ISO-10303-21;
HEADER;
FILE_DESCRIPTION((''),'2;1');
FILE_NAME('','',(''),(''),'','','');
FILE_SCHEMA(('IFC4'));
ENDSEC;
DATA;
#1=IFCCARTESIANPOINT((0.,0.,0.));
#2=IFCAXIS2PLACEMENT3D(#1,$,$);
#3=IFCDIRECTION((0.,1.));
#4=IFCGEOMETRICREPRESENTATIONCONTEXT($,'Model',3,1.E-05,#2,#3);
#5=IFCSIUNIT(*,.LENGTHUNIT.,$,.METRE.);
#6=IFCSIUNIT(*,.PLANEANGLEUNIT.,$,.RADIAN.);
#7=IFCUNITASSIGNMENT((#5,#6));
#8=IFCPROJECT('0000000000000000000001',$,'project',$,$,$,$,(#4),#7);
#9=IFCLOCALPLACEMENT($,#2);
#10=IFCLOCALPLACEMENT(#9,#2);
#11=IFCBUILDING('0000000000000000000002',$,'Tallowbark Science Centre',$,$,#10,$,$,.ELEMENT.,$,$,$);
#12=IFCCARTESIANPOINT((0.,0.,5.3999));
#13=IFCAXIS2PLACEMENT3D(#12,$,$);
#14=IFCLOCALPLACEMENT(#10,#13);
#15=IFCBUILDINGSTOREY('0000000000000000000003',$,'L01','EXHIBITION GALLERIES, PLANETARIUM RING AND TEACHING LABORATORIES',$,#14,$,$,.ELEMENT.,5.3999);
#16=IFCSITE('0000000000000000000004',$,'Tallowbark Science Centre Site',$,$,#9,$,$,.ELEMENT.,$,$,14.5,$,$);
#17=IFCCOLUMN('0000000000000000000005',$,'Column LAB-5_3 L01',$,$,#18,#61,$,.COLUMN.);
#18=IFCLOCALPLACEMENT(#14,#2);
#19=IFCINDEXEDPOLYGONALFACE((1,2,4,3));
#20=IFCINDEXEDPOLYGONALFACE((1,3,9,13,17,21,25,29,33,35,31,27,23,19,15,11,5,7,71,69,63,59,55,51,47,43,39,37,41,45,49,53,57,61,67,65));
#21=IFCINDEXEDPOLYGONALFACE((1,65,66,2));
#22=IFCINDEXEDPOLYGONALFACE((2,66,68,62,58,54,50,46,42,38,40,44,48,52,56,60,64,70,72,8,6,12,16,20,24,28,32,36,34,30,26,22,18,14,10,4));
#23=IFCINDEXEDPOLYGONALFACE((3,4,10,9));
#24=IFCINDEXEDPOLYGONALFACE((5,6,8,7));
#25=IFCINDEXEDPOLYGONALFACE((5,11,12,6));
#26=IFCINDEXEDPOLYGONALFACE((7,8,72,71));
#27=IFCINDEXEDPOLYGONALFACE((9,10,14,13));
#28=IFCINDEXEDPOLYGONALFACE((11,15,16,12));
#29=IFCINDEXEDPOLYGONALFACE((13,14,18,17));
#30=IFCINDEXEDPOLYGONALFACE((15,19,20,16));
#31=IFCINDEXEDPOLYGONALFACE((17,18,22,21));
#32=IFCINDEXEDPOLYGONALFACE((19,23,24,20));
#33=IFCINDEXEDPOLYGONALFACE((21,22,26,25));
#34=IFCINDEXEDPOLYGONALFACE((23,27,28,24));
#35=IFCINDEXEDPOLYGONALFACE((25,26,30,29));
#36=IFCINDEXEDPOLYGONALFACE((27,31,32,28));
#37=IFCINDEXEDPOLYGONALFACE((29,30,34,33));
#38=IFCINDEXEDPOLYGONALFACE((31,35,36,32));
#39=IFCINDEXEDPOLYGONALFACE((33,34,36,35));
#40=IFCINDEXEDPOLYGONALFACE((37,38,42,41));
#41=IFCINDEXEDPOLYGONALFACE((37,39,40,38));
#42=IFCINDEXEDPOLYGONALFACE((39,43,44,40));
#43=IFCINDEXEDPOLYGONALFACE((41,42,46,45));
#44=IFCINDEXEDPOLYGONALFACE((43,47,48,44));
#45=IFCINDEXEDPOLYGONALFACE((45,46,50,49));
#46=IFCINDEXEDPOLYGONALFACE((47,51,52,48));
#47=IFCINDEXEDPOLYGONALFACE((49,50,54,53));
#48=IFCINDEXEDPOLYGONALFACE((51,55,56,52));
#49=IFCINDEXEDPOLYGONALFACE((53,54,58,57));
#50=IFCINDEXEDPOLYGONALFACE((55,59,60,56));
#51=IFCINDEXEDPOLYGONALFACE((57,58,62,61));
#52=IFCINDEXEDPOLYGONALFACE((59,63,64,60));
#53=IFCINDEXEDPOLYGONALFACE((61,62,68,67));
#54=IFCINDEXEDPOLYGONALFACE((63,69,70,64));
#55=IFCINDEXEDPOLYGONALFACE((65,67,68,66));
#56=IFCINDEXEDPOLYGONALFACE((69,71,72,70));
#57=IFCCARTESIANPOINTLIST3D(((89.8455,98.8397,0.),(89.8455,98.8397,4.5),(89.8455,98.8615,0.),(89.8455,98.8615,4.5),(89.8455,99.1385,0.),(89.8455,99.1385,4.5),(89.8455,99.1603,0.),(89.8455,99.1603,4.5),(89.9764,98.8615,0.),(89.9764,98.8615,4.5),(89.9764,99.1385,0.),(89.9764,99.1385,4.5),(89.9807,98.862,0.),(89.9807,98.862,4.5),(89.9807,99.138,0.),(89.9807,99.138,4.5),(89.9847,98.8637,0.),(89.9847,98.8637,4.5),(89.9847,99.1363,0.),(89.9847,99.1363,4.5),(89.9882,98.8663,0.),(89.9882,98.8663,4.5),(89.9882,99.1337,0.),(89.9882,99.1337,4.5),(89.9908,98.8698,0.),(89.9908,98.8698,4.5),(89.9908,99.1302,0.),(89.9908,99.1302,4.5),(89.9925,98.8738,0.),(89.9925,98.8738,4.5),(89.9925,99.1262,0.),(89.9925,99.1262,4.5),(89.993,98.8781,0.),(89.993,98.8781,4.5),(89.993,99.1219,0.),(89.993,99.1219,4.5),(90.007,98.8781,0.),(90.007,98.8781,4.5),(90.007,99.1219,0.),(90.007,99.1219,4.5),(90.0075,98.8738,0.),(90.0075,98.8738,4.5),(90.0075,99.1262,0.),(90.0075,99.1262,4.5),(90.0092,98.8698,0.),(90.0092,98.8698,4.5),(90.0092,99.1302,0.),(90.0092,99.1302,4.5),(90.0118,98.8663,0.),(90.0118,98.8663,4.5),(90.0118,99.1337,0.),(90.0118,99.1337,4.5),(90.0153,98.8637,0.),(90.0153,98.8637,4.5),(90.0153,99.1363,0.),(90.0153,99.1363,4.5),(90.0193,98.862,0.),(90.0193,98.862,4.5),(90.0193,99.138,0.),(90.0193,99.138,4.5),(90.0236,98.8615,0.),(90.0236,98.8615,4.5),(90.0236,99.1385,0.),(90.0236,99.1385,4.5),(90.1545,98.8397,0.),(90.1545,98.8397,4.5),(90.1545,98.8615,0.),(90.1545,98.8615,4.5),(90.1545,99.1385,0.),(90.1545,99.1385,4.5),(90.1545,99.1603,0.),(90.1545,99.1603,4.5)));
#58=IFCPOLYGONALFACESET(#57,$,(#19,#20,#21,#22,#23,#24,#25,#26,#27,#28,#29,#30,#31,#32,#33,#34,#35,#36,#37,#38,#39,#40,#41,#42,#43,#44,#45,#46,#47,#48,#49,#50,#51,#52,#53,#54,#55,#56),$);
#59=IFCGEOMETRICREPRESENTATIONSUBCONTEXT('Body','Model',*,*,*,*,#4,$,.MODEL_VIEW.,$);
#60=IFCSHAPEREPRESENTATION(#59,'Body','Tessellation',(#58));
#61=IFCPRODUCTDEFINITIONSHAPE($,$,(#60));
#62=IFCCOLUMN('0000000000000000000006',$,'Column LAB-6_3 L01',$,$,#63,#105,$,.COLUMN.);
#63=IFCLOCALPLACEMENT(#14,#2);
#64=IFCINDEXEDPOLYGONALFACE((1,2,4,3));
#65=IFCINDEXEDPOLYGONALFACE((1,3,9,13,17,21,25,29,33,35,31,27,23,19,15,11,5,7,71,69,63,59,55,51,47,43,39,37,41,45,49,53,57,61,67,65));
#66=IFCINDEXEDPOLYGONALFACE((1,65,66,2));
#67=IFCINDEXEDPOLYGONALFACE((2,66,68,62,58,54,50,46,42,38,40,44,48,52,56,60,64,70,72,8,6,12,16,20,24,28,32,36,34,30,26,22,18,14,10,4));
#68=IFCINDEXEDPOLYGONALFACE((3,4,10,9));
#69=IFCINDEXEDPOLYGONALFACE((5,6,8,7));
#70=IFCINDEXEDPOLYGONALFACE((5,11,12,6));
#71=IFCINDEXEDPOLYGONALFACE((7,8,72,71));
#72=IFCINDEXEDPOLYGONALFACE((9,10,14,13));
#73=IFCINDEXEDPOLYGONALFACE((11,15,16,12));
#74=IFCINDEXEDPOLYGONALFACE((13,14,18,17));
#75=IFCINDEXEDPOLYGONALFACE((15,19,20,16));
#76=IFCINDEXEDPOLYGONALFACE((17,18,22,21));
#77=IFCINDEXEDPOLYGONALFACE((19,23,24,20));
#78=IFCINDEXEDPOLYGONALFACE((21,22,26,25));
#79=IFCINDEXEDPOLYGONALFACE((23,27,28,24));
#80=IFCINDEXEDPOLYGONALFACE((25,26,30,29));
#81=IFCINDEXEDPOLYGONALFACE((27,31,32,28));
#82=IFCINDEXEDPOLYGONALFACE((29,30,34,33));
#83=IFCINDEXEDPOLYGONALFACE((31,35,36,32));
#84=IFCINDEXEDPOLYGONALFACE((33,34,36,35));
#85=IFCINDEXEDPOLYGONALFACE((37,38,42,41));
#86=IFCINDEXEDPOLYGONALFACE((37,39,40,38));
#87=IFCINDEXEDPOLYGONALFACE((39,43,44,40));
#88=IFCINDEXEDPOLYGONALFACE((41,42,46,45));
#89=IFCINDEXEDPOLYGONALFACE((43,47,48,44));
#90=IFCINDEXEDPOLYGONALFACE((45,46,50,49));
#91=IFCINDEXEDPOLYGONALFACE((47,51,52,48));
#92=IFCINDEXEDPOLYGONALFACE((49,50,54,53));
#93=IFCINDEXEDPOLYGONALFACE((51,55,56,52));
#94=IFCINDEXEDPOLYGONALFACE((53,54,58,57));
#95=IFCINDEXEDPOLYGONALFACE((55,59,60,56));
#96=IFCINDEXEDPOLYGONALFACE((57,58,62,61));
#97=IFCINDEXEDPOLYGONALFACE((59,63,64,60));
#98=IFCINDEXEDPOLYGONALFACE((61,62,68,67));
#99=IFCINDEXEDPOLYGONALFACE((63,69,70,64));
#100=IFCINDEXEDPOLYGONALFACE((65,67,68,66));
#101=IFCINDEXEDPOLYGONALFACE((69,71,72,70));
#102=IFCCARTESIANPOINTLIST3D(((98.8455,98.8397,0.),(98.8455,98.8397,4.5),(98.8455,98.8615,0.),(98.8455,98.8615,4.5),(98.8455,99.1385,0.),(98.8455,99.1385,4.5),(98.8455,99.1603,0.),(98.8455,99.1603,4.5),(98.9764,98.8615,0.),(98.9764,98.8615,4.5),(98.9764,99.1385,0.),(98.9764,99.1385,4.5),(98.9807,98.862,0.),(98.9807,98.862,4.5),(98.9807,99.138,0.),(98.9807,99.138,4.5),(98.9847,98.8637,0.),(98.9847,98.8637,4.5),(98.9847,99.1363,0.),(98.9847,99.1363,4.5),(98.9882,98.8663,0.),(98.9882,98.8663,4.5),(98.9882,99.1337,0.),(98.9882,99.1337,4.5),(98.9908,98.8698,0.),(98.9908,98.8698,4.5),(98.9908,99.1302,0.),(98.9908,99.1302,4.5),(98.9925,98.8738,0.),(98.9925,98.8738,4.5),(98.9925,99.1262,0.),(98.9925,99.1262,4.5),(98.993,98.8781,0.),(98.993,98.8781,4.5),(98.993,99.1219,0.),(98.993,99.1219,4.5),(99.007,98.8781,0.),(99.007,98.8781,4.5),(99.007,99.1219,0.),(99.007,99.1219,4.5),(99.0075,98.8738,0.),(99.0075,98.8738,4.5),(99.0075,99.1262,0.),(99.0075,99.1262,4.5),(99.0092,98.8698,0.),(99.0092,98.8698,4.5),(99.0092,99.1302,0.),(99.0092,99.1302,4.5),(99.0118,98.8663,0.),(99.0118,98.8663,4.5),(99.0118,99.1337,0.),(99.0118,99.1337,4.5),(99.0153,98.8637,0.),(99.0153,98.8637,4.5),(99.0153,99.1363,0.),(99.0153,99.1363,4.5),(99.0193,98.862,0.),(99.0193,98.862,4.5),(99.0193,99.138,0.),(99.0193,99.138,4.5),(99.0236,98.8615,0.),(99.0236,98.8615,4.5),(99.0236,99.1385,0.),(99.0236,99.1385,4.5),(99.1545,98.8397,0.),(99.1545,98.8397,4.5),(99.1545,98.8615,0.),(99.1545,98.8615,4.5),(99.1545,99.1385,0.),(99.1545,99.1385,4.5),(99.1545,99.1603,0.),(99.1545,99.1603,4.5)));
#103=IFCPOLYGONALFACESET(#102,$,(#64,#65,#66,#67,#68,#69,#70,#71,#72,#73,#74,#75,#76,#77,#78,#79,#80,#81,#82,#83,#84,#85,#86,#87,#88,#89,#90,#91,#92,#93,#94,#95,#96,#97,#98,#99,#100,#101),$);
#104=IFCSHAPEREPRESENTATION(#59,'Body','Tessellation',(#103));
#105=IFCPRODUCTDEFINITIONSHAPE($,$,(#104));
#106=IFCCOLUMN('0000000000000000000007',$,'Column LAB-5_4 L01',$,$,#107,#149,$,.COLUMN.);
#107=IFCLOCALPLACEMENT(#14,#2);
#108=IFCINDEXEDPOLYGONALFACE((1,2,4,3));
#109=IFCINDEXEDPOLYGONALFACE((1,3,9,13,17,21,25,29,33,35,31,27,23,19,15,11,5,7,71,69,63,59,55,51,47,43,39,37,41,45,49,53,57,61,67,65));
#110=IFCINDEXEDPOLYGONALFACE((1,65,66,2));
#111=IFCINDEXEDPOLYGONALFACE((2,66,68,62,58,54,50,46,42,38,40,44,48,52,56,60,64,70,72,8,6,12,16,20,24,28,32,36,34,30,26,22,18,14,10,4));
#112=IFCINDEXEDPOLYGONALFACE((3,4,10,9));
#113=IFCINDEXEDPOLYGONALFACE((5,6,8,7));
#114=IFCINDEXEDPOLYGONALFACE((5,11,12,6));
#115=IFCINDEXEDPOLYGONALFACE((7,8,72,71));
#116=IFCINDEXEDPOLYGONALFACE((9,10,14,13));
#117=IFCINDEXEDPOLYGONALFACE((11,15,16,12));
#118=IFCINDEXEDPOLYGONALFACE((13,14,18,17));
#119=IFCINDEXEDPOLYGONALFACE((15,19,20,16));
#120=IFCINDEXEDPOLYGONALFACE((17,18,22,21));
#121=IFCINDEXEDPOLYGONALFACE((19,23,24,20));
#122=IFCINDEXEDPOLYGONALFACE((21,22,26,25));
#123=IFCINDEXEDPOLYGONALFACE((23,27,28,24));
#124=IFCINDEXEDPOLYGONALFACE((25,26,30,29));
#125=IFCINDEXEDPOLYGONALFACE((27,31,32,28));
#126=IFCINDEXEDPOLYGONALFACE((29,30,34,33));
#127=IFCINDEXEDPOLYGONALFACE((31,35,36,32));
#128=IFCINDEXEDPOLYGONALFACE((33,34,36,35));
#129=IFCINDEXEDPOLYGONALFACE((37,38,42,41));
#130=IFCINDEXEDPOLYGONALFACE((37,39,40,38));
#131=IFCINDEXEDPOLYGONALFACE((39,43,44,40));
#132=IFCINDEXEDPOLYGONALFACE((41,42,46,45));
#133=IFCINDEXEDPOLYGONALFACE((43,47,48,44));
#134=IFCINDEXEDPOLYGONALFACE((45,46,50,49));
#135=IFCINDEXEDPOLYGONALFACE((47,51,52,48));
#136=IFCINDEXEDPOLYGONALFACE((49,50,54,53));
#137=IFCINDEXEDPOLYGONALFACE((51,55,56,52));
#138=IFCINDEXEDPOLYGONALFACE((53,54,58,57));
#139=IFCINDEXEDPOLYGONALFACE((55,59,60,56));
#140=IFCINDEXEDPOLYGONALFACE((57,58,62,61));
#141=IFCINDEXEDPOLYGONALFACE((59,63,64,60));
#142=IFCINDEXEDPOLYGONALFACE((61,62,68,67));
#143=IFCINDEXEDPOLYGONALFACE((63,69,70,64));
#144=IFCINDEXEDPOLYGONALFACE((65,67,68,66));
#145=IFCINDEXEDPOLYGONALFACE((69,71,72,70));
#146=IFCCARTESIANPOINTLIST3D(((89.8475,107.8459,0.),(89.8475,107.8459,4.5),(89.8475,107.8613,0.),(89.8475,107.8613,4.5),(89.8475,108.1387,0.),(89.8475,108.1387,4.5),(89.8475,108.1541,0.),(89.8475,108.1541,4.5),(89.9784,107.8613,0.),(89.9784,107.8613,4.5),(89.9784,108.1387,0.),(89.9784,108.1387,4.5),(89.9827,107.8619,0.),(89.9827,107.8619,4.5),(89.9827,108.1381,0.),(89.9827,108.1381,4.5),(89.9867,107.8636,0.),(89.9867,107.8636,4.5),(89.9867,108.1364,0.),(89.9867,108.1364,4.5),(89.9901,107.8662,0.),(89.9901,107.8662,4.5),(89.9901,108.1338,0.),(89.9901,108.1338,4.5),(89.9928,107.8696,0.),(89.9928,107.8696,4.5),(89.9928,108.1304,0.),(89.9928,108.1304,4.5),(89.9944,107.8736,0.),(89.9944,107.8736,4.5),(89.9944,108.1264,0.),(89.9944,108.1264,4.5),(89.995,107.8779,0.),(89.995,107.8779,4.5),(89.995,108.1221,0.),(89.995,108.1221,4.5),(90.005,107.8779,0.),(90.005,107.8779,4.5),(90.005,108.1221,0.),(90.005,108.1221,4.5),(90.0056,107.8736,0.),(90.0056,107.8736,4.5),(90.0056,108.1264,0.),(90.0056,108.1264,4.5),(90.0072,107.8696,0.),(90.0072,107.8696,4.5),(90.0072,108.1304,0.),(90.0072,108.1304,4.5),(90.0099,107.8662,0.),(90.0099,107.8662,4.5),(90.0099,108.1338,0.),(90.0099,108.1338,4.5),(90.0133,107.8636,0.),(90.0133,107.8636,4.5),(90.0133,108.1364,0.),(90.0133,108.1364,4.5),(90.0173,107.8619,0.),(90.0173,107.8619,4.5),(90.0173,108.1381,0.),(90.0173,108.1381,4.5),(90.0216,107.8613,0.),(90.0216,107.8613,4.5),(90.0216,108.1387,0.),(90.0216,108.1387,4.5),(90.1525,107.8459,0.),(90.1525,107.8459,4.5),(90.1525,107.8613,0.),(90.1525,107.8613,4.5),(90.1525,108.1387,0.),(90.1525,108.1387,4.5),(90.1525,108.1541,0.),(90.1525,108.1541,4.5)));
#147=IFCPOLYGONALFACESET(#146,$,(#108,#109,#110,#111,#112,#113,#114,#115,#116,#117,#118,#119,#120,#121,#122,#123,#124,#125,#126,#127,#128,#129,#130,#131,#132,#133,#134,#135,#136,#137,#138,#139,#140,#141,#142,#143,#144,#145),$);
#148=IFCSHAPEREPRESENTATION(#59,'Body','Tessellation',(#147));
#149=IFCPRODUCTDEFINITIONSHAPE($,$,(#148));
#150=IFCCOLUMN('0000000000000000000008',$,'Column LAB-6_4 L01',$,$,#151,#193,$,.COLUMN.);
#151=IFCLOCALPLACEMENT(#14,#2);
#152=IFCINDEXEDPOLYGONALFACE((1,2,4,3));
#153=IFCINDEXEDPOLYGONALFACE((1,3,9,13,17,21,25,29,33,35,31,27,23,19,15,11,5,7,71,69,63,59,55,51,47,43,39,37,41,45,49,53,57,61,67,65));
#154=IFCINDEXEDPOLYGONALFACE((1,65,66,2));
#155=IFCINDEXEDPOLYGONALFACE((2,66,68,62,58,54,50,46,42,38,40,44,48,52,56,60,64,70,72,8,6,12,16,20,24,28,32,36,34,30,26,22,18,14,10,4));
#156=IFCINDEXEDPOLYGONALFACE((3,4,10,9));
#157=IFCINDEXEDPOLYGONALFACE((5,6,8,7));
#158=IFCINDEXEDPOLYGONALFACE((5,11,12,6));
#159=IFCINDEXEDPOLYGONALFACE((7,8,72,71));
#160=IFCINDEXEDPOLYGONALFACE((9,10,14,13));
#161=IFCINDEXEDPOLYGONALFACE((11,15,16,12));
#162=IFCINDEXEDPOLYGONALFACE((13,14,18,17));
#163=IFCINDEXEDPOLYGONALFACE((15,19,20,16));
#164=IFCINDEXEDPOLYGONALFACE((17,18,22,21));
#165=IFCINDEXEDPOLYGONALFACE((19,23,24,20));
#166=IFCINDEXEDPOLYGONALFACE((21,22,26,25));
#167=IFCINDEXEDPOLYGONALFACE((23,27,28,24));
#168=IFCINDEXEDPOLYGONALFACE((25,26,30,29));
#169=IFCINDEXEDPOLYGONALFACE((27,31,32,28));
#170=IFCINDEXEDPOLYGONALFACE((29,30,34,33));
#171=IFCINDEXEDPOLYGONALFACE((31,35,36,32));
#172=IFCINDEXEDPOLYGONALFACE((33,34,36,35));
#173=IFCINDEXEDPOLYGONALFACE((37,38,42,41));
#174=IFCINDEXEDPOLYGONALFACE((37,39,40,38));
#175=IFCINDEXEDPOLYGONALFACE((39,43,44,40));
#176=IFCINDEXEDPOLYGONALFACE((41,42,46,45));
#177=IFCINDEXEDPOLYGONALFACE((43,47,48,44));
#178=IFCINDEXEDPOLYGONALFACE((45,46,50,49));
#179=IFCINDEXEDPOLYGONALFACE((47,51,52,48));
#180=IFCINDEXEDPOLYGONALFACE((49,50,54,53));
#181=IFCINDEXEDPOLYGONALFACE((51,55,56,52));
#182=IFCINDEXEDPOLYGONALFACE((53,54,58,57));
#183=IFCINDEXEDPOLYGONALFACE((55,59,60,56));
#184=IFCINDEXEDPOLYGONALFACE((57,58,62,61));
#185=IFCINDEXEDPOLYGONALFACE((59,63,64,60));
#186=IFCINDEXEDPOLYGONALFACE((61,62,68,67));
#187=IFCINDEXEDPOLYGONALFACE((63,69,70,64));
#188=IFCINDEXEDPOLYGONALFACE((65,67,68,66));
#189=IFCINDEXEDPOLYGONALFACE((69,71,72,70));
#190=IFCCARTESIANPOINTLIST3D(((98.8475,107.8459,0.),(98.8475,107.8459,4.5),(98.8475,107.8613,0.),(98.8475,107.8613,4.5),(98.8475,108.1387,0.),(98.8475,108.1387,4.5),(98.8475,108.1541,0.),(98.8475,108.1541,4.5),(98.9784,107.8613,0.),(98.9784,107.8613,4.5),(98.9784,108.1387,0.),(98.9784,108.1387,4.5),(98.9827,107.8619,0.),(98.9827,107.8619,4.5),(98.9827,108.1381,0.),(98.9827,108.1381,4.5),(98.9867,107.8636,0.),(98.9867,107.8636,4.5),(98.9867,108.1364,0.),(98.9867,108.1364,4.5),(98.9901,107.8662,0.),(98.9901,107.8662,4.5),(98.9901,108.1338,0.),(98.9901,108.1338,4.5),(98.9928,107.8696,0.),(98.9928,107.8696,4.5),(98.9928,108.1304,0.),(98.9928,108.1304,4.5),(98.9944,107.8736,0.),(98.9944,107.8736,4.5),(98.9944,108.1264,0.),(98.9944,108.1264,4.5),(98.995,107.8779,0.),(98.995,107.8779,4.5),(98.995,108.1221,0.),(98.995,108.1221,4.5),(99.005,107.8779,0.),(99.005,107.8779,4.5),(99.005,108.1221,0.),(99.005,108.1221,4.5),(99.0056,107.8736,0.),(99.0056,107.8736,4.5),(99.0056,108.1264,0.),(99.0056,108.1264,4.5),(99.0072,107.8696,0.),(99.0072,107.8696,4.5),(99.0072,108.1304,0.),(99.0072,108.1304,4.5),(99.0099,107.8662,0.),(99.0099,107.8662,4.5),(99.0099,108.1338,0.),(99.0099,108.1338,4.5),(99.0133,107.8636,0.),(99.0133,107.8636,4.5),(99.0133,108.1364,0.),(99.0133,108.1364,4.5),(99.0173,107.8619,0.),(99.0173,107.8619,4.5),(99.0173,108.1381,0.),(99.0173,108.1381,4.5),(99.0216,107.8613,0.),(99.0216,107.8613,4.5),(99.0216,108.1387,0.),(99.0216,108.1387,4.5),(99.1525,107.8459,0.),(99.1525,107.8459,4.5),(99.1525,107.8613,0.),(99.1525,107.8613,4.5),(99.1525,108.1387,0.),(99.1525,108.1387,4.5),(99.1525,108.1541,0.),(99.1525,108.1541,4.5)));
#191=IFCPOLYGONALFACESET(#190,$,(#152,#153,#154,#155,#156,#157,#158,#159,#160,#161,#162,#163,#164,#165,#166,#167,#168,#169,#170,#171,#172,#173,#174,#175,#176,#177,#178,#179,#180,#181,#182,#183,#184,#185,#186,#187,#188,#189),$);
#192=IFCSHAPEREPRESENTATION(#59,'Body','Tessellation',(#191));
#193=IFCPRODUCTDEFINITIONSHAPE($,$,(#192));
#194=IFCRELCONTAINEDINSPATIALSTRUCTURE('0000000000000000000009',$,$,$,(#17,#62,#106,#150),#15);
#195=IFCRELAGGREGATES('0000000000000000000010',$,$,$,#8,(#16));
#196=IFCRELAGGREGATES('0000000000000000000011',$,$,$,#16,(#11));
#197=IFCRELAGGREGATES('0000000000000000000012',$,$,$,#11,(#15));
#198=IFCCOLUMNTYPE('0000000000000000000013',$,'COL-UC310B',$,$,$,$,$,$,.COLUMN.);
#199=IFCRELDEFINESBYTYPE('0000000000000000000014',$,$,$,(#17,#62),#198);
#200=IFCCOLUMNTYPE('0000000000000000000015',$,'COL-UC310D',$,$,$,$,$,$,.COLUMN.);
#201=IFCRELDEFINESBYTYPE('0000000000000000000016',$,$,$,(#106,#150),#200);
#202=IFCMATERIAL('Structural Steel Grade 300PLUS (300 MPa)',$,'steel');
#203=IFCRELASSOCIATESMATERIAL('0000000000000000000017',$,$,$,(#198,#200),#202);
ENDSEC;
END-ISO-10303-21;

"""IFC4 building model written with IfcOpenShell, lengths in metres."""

from ifc_helpers import new_model, si_unit, direction, frame, origin, origin_2d, place, context, subcontext, project, spatial, i_section, extrude, material, material_profile, profile_set, type_object, element, save


model = new_model("IFC4")

# Units and contexts
model_context = context("Model", 3, precision=1e-05, world=origin(), true_north=direction((0.0, 1.0)))
body_context = subcontext(model_context, "Body", "Model", "MODEL_VIEW")
ifc_project = project(units=[si_unit("LENGTHUNIT", "METRE"), si_unit("PLANEANGLEUNIT", "RADIAN")], contexts=[model_context])

# Site, building, storey
site_placement = place(None, origin())
site = spatial("IfcSite", under=ifc_project, at=site_placement, Name="Tallowbark Science Centre Site", CompositionType="ELEMENT", RefElevation=14.5)
building_placement = place(site_placement, origin())
building = spatial("IfcBuilding", under=site, at=building_placement, Name="Tallowbark Science Centre", CompositionType="ELEMENT")
storey_placement = place(building_placement, frame((0.0, 0.0, 5.3999)))
storey = spatial("IfcBuildingStorey", under=building, at=storey_placement, Name="L01", Description="EXHIBITION GALLERIES, PLANETARIUM RING AND TEACHING LABORATORIES", CompositionType="ELEMENT", Elevation=5.3999)

# Columns
ifc_material_1 = material(Name="Structural Steel Grade 300PLUS (300 MPa)", Category="steel")
ifc_material_profile_1 = material_profile(ifc_material_1, i_section(OverallWidth=0.3091, OverallDepth=0.3206, WebThickness=0.0139, FlangeThickness=0.0217, FilletRadius=0.0166, at=origin_2d()), Name="310UC137")
ifc_profile_set_1 = profile_set([ifc_material_profile_1], Name="Structural Steel Grade 300PLUS (300 MPa)")
column_type_1 = type_object("IfcColumnType", Name="COL-UC310B", PredefinedType="COLUMN", material=ifc_profile_set_1)
for number, where, z_axis, x_axis, name in (
    (1, (90.0, 99.0, 0.0), (0.0, 0.0, 1.0), (1.0, 0.0, 0.0), "Column LAB-5_3 L01"),
    (2, (99.0, 99.0, 0.0), (0.0, 0.0, 1.0), (1.0, 0.0, 0.0), "Column LAB-6_3 L01"),
):
    element("IfcColumn", number, at=place(storey_placement, frame(where, z_axis=z_axis, x_axis=x_axis)), inside=storey, type_object=column_type_1, Name=name, PredefinedType="COLUMN", context=body_context, shape_type="SweptSolid", body=[
        extrude(i_section(OverallWidth=0.3091, OverallDepth=0.3206, WebThickness=0.0139, FlangeThickness=0.0217, FilletRadius=0.0166, at=origin_2d()), origin(), (0.0, 0.0, 1.0), 4.5),
    ])
ifc_material_profile_2 = material_profile(ifc_material_1, i_section(OverallWidth=0.3049, OverallDepth=0.3081, WebThickness=0.01, FlangeThickness=0.0154, FilletRadius=0.0166, at=origin_2d()), Name="310UC96.8")
ifc_profile_set_2 = profile_set([ifc_material_profile_2], Name="Structural Steel Grade 300PLUS (300 MPa)")
column_type_2 = type_object("IfcColumnType", Name="COL-UC310D", PredefinedType="COLUMN", material=ifc_profile_set_2)
for number, where, z_axis, x_axis, name in (
    (3, (90.0, 108.0, 0.0), (0.0, 0.0, 1.0), (1.0, 0.0, 0.0), "Column LAB-5_4 L01"),
    (4, (99.0, 108.0, 0.0), (0.0, 0.0, 1.0), (1.0, 0.0, 0.0), "Column LAB-6_4 L01"),
):
    element("IfcColumn", number, at=place(storey_placement, frame(where, z_axis=z_axis, x_axis=x_axis)), inside=storey, type_object=column_type_2, Name=name, PredefinedType="COLUMN", context=body_context, shape_type="SweptSolid", body=[
        extrude(i_section(OverallWidth=0.3049, OverallDepth=0.3081, WebThickness=0.01, FlangeThickness=0.0154, FilletRadius=0.0166, at=origin_2d()), origin(), (0.0, 0.0, 1.0), 4.5),
    ])

save(model, "model.ifc")
